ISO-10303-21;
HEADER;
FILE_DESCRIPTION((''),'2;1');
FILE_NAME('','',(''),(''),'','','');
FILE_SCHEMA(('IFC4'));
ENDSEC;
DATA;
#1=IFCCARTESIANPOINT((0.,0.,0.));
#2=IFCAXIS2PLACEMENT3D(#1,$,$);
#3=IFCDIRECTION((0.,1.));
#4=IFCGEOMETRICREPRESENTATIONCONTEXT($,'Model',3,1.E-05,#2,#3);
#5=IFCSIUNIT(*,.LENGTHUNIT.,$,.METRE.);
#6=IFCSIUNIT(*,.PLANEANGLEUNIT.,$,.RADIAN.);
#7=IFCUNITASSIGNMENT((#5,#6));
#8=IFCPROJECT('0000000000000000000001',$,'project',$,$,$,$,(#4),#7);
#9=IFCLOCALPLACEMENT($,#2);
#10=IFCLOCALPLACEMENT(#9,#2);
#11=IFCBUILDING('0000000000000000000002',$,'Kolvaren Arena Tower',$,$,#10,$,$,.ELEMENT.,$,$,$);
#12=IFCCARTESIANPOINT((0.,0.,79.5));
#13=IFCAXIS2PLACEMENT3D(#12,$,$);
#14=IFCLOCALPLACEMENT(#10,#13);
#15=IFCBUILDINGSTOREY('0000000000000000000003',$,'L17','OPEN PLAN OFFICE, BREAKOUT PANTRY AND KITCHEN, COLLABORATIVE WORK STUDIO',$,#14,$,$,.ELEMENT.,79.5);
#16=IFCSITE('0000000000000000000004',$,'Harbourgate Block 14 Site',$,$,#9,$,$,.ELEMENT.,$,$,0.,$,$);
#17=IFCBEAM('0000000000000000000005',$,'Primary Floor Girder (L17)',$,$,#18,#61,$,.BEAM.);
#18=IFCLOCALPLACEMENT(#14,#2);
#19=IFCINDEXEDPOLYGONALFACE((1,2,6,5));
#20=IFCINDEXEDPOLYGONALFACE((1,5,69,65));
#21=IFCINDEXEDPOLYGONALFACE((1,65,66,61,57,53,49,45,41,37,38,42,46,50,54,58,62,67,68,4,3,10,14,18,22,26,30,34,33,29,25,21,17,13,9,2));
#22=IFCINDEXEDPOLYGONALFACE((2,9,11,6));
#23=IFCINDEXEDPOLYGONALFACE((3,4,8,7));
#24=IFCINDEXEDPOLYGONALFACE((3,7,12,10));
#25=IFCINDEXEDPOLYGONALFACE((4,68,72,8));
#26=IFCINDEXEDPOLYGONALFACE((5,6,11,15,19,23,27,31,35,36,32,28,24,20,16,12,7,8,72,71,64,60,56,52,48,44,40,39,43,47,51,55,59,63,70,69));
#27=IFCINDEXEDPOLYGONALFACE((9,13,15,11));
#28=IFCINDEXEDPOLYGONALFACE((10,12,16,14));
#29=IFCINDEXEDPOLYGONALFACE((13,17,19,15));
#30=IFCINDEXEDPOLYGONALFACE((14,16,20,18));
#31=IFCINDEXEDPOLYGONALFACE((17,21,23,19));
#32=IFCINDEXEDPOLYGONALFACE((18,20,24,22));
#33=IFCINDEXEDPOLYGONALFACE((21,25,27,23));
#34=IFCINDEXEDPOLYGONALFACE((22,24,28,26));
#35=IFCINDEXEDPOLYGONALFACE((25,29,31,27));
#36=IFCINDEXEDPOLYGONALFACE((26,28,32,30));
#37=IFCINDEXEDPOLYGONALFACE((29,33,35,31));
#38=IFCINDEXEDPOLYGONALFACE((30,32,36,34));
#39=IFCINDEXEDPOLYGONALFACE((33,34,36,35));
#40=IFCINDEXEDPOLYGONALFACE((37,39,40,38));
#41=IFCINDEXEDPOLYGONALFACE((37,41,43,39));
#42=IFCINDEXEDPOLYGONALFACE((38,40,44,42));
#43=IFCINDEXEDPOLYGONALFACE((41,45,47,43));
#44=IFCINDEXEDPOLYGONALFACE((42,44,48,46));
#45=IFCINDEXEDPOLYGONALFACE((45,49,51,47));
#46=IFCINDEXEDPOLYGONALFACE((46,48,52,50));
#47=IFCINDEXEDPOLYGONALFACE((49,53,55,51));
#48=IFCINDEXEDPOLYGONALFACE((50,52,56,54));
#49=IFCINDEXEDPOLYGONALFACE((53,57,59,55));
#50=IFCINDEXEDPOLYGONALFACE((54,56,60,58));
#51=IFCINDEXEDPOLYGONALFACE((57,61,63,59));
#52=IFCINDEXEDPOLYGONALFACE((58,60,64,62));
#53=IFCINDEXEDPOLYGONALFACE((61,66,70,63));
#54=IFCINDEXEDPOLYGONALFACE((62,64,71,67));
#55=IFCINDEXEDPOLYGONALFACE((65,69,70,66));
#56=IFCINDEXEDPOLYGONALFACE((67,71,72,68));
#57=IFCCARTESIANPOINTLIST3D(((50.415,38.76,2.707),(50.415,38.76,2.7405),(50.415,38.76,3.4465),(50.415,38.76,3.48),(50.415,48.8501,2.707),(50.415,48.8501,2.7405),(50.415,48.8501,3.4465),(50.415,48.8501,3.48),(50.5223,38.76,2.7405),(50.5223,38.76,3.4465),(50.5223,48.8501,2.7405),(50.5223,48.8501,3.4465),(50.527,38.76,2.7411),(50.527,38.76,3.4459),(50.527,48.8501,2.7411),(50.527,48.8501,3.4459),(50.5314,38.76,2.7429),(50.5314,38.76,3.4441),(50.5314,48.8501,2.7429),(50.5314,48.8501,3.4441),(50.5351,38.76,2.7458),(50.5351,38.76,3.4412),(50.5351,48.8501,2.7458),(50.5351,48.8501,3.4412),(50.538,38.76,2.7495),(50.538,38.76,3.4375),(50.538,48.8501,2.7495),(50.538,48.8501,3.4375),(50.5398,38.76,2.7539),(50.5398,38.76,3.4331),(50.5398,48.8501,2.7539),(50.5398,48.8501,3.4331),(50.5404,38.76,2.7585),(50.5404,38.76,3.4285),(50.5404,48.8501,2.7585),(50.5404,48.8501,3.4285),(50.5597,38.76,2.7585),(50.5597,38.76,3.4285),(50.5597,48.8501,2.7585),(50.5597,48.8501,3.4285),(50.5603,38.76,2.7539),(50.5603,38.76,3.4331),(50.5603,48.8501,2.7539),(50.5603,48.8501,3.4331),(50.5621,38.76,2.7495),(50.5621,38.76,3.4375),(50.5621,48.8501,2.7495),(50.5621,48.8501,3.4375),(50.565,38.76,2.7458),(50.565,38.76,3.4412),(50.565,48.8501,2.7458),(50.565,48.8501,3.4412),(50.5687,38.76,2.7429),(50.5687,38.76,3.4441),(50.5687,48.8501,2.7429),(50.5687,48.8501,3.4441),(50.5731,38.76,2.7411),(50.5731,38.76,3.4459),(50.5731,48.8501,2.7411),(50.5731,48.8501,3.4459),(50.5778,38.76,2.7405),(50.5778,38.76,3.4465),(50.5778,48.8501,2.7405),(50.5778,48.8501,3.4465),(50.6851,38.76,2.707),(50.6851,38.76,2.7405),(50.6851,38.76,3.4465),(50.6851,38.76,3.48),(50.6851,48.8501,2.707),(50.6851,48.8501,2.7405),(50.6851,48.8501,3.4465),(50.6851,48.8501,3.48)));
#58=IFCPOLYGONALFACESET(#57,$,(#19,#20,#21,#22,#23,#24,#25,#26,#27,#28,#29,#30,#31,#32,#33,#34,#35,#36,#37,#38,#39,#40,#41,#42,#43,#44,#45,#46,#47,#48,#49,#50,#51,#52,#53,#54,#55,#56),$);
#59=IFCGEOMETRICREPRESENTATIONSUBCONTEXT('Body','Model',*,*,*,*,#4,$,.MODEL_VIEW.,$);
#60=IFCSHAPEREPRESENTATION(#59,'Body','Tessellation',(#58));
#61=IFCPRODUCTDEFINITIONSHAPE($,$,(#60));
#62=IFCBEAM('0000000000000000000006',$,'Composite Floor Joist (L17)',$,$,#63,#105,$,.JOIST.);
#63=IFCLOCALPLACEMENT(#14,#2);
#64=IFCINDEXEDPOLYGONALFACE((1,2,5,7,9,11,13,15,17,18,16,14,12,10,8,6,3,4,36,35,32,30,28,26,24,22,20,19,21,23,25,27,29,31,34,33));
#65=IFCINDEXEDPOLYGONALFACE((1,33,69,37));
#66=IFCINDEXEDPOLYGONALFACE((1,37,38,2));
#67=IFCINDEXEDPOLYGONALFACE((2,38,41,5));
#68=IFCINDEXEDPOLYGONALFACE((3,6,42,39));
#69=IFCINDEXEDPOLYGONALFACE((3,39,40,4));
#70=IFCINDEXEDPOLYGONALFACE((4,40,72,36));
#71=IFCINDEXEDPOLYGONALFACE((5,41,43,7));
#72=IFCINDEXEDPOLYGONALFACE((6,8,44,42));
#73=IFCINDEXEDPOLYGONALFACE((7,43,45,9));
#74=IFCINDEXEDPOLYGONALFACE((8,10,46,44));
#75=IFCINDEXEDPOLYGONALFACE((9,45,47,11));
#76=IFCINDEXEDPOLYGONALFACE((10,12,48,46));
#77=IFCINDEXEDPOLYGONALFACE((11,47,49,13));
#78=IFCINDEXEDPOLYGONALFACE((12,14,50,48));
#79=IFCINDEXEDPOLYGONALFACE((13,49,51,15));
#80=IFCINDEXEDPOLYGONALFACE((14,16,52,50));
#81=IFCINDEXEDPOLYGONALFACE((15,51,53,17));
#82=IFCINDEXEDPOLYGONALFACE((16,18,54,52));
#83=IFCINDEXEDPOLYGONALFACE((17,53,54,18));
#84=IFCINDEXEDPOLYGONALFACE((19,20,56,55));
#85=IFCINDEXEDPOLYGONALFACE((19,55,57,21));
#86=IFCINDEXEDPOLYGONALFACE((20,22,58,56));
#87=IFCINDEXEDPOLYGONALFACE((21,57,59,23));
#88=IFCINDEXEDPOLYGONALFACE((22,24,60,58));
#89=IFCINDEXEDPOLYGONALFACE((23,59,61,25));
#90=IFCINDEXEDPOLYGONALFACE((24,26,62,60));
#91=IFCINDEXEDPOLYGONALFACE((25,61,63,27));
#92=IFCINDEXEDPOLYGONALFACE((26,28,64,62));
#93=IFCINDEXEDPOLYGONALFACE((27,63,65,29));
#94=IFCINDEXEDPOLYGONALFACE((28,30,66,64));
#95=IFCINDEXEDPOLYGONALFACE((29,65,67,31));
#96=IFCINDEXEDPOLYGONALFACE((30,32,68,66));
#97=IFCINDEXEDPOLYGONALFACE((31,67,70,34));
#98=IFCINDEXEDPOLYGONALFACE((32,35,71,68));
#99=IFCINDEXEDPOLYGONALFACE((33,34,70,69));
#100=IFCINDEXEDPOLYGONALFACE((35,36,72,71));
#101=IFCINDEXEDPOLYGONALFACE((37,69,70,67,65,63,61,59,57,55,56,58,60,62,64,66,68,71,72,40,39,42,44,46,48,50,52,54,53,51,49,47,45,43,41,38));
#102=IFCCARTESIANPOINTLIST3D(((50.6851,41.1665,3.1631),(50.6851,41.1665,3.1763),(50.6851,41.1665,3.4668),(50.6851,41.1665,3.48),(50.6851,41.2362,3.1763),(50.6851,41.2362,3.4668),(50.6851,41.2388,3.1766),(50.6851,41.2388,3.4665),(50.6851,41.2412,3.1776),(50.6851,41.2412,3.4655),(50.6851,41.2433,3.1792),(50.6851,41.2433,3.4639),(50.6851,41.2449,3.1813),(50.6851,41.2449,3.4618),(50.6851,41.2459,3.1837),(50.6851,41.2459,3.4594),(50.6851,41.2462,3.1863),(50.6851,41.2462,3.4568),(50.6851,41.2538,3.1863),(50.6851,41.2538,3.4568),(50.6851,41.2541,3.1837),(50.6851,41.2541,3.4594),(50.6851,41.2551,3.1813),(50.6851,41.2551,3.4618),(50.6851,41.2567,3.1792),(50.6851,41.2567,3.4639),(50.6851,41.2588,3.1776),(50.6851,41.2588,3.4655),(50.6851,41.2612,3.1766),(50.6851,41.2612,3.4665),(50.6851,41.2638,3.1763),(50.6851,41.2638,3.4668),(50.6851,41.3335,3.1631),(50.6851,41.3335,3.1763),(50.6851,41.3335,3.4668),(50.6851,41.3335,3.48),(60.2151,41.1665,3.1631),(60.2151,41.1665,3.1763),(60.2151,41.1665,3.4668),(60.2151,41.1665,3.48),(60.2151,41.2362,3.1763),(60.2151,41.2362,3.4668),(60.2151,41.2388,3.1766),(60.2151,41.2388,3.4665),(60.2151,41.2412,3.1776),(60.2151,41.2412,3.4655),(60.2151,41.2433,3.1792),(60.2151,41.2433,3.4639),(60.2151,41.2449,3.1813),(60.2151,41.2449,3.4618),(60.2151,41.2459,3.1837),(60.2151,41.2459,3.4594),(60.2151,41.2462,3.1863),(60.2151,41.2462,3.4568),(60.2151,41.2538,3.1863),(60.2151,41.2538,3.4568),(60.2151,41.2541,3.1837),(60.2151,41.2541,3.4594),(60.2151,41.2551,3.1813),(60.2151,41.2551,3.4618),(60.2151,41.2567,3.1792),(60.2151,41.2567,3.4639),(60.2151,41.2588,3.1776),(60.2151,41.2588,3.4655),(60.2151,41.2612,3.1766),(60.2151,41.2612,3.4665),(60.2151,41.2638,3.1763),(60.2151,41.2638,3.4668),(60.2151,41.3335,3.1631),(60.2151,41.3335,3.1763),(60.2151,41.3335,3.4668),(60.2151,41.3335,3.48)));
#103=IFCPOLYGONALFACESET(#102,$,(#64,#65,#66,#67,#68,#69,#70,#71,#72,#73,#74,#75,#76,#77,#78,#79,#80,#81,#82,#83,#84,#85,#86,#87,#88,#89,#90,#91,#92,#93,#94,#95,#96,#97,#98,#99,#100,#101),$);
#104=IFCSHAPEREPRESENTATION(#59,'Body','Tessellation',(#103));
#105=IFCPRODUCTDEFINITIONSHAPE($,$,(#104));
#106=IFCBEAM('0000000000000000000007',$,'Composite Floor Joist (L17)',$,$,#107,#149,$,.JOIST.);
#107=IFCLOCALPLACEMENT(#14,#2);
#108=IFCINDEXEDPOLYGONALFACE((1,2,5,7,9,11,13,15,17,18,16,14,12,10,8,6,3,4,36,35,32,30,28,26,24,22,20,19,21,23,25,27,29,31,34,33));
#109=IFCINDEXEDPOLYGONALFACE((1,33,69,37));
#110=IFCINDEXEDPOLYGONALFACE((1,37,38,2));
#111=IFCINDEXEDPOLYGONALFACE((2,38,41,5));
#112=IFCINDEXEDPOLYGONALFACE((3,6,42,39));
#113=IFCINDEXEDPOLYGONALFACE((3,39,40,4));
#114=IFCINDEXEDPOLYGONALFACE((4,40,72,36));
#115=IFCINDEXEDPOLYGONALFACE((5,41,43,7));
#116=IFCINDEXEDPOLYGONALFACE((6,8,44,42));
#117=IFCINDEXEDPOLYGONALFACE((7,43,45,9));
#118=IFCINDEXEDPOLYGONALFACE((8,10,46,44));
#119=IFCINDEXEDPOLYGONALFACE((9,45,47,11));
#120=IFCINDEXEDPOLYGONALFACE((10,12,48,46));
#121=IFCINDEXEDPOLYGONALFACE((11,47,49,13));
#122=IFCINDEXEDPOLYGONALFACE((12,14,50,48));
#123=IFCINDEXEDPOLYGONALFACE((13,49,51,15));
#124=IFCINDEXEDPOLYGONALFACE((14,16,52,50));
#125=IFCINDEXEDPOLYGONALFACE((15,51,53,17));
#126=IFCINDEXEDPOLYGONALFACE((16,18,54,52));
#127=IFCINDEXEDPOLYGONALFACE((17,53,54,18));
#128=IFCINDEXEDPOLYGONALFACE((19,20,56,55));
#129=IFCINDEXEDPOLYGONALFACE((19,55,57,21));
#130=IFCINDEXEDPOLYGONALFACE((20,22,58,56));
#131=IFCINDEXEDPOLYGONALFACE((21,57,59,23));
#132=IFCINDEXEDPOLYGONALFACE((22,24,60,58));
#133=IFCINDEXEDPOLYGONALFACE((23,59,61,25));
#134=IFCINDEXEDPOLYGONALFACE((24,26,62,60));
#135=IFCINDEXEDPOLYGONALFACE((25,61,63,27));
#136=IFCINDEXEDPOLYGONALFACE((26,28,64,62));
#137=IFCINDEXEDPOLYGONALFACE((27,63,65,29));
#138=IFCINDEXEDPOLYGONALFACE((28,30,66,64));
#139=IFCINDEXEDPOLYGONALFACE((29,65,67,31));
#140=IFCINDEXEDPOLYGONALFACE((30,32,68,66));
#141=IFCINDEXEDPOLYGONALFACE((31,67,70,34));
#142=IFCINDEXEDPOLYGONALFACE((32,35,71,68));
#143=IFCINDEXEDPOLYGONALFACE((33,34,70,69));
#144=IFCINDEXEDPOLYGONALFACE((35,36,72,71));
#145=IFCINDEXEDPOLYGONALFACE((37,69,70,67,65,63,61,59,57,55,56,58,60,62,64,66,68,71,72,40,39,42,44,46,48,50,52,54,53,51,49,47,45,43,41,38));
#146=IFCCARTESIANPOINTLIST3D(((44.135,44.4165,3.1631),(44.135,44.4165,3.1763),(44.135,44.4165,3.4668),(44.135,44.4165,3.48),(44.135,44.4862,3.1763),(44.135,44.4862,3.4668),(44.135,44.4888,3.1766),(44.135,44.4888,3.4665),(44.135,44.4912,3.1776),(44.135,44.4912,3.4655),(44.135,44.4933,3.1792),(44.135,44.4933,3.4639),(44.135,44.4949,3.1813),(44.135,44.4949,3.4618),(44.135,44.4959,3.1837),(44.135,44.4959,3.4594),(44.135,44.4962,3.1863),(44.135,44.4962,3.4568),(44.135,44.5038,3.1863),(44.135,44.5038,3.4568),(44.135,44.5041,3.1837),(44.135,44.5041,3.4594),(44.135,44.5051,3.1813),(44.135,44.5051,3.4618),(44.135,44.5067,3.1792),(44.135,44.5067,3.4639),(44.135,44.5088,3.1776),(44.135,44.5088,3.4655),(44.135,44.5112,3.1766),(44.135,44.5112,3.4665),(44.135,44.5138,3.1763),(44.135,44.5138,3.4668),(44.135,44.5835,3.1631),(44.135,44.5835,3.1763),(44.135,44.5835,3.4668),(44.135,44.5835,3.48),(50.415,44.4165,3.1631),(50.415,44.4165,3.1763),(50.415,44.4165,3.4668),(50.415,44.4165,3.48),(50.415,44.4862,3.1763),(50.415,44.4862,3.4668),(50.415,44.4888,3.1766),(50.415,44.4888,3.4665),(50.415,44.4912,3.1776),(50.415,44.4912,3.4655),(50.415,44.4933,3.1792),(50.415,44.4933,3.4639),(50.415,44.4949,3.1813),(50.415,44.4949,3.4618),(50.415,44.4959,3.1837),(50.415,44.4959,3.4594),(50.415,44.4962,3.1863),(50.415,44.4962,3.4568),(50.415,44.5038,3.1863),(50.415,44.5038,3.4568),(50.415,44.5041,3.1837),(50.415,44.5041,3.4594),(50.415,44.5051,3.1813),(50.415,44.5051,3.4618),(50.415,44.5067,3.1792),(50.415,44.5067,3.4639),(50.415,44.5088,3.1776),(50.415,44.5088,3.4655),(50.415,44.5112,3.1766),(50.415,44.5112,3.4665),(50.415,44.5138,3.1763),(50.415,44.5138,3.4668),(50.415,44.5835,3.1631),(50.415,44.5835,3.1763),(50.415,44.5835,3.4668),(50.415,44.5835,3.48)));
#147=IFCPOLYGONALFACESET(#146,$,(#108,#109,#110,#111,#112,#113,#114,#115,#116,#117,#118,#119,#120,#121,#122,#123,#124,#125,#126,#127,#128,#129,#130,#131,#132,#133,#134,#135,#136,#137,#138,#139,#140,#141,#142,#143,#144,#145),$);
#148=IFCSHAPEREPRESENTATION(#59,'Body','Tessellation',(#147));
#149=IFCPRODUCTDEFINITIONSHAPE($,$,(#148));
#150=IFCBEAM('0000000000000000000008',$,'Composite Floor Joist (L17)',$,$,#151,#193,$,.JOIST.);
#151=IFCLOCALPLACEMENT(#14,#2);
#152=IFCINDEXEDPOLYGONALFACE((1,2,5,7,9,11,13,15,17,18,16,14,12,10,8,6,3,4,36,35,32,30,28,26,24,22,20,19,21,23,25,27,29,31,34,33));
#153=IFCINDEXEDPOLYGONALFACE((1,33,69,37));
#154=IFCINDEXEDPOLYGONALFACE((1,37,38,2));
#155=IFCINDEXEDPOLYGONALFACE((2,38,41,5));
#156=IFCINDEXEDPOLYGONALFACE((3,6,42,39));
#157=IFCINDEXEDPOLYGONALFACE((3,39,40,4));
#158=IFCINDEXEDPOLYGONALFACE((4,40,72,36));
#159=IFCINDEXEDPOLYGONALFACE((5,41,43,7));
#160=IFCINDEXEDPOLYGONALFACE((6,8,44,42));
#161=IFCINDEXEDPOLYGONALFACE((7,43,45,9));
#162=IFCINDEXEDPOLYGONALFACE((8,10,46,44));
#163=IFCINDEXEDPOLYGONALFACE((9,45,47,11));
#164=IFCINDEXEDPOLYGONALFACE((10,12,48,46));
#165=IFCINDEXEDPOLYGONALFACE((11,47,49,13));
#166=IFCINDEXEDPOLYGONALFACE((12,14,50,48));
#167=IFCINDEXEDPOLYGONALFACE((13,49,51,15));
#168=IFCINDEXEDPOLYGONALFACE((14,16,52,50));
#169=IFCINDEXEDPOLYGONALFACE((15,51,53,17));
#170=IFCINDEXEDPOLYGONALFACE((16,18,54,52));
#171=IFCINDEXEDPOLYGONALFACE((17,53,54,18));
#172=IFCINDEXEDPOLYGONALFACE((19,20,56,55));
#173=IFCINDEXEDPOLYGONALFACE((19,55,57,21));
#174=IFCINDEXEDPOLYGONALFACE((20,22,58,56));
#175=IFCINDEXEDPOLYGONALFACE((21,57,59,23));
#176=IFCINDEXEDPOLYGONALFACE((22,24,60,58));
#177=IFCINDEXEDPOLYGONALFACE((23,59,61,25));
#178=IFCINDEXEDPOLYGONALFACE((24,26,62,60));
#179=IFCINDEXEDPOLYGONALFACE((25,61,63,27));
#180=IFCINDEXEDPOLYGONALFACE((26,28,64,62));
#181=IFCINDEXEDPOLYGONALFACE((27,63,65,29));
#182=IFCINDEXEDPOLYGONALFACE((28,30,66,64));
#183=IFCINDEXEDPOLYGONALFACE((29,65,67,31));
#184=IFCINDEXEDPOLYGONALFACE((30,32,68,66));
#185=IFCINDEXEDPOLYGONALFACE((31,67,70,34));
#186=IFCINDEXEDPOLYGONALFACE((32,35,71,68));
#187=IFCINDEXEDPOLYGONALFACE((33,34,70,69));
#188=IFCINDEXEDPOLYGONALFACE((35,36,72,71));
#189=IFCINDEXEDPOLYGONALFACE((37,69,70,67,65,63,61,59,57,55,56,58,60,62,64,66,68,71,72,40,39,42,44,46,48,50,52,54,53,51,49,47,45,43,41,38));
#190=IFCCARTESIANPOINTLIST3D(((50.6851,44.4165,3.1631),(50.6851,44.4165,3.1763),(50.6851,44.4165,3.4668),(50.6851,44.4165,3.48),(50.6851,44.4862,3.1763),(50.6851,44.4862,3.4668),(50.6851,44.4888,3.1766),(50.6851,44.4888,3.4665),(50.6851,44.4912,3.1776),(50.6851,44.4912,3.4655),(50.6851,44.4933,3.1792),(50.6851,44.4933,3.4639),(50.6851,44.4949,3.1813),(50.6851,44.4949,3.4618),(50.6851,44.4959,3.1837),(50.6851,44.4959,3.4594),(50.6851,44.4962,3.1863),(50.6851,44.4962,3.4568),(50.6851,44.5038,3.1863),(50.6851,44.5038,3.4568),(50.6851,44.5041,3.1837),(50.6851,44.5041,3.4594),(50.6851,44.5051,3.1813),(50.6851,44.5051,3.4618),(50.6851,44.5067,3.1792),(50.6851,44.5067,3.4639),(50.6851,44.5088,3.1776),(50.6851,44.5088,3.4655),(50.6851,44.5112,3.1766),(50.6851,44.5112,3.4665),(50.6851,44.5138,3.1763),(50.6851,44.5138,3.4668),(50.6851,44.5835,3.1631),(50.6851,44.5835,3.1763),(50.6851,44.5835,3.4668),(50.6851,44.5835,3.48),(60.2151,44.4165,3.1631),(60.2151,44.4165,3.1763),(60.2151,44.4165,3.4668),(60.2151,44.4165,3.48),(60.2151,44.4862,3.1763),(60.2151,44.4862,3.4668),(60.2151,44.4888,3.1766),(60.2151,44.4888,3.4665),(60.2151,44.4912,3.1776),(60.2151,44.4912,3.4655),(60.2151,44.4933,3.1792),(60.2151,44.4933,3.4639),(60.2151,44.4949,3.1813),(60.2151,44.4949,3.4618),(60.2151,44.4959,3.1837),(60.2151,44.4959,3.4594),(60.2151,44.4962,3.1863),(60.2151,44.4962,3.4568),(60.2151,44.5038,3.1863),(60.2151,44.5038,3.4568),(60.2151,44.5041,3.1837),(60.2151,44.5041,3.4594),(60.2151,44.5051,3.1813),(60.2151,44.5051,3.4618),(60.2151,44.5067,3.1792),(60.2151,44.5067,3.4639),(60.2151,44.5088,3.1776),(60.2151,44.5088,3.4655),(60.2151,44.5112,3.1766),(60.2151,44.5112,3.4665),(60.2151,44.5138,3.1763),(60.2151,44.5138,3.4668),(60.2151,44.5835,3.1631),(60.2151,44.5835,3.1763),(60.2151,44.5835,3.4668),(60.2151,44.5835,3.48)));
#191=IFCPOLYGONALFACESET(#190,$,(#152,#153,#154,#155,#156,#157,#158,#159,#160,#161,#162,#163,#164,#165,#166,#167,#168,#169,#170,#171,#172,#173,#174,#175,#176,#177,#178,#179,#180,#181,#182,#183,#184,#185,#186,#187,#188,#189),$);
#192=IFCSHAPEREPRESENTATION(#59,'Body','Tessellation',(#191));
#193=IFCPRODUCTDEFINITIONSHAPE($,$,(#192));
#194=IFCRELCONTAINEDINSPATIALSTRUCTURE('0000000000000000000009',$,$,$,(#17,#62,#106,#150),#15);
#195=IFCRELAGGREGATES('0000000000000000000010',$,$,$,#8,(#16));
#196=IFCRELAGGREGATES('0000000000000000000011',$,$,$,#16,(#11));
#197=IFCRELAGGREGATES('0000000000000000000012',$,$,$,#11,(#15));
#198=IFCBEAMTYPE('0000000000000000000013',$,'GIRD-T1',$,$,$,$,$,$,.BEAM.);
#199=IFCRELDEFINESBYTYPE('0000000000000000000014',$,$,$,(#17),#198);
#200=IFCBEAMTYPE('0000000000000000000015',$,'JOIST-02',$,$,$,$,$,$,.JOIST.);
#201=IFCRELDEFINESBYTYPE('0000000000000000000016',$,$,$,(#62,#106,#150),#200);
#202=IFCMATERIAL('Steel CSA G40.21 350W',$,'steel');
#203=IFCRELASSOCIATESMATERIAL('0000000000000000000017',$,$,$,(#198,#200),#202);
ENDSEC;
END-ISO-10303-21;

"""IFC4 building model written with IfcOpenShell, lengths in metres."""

from ifc_helpers import new_model, si_unit, direction, frame, origin, origin_2d, place, context, subcontext, project, spatial, i_section, extrude, material, material_profile, profile_set, type_object, element, save


model = new_model("IFC4")

# Units and contexts
model_context = context("Model", 3, precision=1e-05, world=origin(), true_north=direction((0.0, 1.0)))
body_context = subcontext(model_context, "Body", "Model", "MODEL_VIEW")
ifc_project = project(units=[si_unit("LENGTHUNIT", "METRE"), si_unit("PLANEANGLEUNIT", "RADIAN")], contexts=[model_context])

# Site, building, storey
site_placement = place(None, origin())
site = spatial("IfcSite", under=ifc_project, at=site_placement, Name="Harbourgate Block 14 Site", CompositionType="ELEMENT", RefElevation=0.0)
building_placement = place(site_placement, origin())
building = spatial("IfcBuilding", under=site, at=building_placement, Name="Kolvaren Arena Tower", CompositionType="ELEMENT")
storey_placement = place(building_placement, frame((0.0, 0.0, 79.5)))
storey = spatial("IfcBuildingStorey", under=building, at=storey_placement, Name="L17", Description="OPEN PLAN OFFICE, BREAKOUT PANTRY AND KITCHEN, COLLABORATIVE WORK STUDIO", CompositionType="ELEMENT", Elevation=79.5)

# Beams
ifc_material_1 = material(Name="Steel CSA G40.21 350W", Category="steel")
ifc_material_profile_1 = material_profile(ifc_material_1, i_section(OverallWidth=0.27, OverallDepth=0.7729, WebThickness=0.0193, FlangeThickness=0.0334, FilletRadius=0.0181, at=origin_2d()), Name="W760x257")
ifc_profile_set_1 = profile_set([ifc_material_profile_1], Name="Steel CSA G40.21 350W")
beam_type_1 = type_object("IfcBeamType", Name="GIRD-T1", PredefinedType="BEAM", material=ifc_profile_set_1)
beam_1_placement = place(storey_placement, frame((50.55, 38.76, 3.0935), z_axis=(0.0, 1.0, 0.0), x_axis=(-1.0, 0.0, 0.0)))
element("IfcBeam", 1, at=beam_1_placement, inside=storey, type_object=beam_type_1, Name="Primary Floor Girder (L17)", PredefinedType="BEAM", context=body_context, shape_type="SweptSolid", body=[
    extrude(i_section(OverallWidth=0.27, OverallDepth=0.7729, WebThickness=0.0193, FlangeThickness=0.0334, FilletRadius=0.0181, at=origin_2d()), origin(), (0.0, 0.0, 1.0), 10.0901),
])
ifc_material_profile_2 = material_profile(ifc_material_1, i_section(OverallWidth=0.167, OverallDepth=0.3169, WebThickness=0.0076, FlangeThickness=0.0132, FilletRadius=0.01, at=origin_2d()), Name="W310x52")
ifc_profile_set_2 = profile_set([ifc_material_profile_2], Name="Steel CSA G40.21 350W")
beam_type_2 = type_object("IfcBeamType", Name="JOIST-02", PredefinedType="JOIST", material=ifc_profile_set_2)
beam_2_placement = place(storey_placement, frame((50.6851, 41.25, 3.3215), z_axis=(1.0, 0.0, 0.0), x_axis=(0.0, 1.0, 0.0)))
element("IfcBeam", 2, at=beam_2_placement, inside=storey, type_object=beam_type_2, Name="Composite Floor Joist (L17)", PredefinedType="JOIST", context=body_context, shape_type="SweptSolid", body=[
    extrude(i_section(OverallWidth=0.167, OverallDepth=0.3169, WebThickness=0.0076, FlangeThickness=0.0132, FilletRadius=0.01, at=origin_2d()), origin(), (0.0, 0.0, 1.0), 9.53),
])
beam_3_placement = place(storey_placement, frame((44.135, 44.5, 3.3215), z_axis=(1.0, 0.0, 0.0), x_axis=(0.0, 1.0, 0.0)))
element("IfcBeam", 3, at=beam_3_placement, inside=storey, type_object=beam_type_2, Name="Composite Floor Joist (L17)", PredefinedType="JOIST", context=body_context, shape_type="SweptSolid", body=[
    extrude(i_section(OverallWidth=0.167, OverallDepth=0.3169, WebThickness=0.0076, FlangeThickness=0.0132, FilletRadius=0.01, at=origin_2d()), origin(), (0.0, 0.0, 1.0), 6.28),
])
beam_4_placement = place(storey_placement, frame((50.6851, 44.5, 3.3215), z_axis=(1.0, 0.0, 0.0), x_axis=(0.0, 1.0, 0.0)))
element("IfcBeam", 4, at=beam_4_placement, inside=storey, type_object=beam_type_2, Name="Composite Floor Joist (L17)", PredefinedType="JOIST", context=body_context, shape_type="SweptSolid", body=[
    extrude(i_section(OverallWidth=0.167, OverallDepth=0.3169, WebThickness=0.0076, FlangeThickness=0.0132, FilletRadius=0.01, at=origin_2d()), origin(), (0.0, 0.0, 1.0), 9.53),
])

save(model, "model.ifc")
